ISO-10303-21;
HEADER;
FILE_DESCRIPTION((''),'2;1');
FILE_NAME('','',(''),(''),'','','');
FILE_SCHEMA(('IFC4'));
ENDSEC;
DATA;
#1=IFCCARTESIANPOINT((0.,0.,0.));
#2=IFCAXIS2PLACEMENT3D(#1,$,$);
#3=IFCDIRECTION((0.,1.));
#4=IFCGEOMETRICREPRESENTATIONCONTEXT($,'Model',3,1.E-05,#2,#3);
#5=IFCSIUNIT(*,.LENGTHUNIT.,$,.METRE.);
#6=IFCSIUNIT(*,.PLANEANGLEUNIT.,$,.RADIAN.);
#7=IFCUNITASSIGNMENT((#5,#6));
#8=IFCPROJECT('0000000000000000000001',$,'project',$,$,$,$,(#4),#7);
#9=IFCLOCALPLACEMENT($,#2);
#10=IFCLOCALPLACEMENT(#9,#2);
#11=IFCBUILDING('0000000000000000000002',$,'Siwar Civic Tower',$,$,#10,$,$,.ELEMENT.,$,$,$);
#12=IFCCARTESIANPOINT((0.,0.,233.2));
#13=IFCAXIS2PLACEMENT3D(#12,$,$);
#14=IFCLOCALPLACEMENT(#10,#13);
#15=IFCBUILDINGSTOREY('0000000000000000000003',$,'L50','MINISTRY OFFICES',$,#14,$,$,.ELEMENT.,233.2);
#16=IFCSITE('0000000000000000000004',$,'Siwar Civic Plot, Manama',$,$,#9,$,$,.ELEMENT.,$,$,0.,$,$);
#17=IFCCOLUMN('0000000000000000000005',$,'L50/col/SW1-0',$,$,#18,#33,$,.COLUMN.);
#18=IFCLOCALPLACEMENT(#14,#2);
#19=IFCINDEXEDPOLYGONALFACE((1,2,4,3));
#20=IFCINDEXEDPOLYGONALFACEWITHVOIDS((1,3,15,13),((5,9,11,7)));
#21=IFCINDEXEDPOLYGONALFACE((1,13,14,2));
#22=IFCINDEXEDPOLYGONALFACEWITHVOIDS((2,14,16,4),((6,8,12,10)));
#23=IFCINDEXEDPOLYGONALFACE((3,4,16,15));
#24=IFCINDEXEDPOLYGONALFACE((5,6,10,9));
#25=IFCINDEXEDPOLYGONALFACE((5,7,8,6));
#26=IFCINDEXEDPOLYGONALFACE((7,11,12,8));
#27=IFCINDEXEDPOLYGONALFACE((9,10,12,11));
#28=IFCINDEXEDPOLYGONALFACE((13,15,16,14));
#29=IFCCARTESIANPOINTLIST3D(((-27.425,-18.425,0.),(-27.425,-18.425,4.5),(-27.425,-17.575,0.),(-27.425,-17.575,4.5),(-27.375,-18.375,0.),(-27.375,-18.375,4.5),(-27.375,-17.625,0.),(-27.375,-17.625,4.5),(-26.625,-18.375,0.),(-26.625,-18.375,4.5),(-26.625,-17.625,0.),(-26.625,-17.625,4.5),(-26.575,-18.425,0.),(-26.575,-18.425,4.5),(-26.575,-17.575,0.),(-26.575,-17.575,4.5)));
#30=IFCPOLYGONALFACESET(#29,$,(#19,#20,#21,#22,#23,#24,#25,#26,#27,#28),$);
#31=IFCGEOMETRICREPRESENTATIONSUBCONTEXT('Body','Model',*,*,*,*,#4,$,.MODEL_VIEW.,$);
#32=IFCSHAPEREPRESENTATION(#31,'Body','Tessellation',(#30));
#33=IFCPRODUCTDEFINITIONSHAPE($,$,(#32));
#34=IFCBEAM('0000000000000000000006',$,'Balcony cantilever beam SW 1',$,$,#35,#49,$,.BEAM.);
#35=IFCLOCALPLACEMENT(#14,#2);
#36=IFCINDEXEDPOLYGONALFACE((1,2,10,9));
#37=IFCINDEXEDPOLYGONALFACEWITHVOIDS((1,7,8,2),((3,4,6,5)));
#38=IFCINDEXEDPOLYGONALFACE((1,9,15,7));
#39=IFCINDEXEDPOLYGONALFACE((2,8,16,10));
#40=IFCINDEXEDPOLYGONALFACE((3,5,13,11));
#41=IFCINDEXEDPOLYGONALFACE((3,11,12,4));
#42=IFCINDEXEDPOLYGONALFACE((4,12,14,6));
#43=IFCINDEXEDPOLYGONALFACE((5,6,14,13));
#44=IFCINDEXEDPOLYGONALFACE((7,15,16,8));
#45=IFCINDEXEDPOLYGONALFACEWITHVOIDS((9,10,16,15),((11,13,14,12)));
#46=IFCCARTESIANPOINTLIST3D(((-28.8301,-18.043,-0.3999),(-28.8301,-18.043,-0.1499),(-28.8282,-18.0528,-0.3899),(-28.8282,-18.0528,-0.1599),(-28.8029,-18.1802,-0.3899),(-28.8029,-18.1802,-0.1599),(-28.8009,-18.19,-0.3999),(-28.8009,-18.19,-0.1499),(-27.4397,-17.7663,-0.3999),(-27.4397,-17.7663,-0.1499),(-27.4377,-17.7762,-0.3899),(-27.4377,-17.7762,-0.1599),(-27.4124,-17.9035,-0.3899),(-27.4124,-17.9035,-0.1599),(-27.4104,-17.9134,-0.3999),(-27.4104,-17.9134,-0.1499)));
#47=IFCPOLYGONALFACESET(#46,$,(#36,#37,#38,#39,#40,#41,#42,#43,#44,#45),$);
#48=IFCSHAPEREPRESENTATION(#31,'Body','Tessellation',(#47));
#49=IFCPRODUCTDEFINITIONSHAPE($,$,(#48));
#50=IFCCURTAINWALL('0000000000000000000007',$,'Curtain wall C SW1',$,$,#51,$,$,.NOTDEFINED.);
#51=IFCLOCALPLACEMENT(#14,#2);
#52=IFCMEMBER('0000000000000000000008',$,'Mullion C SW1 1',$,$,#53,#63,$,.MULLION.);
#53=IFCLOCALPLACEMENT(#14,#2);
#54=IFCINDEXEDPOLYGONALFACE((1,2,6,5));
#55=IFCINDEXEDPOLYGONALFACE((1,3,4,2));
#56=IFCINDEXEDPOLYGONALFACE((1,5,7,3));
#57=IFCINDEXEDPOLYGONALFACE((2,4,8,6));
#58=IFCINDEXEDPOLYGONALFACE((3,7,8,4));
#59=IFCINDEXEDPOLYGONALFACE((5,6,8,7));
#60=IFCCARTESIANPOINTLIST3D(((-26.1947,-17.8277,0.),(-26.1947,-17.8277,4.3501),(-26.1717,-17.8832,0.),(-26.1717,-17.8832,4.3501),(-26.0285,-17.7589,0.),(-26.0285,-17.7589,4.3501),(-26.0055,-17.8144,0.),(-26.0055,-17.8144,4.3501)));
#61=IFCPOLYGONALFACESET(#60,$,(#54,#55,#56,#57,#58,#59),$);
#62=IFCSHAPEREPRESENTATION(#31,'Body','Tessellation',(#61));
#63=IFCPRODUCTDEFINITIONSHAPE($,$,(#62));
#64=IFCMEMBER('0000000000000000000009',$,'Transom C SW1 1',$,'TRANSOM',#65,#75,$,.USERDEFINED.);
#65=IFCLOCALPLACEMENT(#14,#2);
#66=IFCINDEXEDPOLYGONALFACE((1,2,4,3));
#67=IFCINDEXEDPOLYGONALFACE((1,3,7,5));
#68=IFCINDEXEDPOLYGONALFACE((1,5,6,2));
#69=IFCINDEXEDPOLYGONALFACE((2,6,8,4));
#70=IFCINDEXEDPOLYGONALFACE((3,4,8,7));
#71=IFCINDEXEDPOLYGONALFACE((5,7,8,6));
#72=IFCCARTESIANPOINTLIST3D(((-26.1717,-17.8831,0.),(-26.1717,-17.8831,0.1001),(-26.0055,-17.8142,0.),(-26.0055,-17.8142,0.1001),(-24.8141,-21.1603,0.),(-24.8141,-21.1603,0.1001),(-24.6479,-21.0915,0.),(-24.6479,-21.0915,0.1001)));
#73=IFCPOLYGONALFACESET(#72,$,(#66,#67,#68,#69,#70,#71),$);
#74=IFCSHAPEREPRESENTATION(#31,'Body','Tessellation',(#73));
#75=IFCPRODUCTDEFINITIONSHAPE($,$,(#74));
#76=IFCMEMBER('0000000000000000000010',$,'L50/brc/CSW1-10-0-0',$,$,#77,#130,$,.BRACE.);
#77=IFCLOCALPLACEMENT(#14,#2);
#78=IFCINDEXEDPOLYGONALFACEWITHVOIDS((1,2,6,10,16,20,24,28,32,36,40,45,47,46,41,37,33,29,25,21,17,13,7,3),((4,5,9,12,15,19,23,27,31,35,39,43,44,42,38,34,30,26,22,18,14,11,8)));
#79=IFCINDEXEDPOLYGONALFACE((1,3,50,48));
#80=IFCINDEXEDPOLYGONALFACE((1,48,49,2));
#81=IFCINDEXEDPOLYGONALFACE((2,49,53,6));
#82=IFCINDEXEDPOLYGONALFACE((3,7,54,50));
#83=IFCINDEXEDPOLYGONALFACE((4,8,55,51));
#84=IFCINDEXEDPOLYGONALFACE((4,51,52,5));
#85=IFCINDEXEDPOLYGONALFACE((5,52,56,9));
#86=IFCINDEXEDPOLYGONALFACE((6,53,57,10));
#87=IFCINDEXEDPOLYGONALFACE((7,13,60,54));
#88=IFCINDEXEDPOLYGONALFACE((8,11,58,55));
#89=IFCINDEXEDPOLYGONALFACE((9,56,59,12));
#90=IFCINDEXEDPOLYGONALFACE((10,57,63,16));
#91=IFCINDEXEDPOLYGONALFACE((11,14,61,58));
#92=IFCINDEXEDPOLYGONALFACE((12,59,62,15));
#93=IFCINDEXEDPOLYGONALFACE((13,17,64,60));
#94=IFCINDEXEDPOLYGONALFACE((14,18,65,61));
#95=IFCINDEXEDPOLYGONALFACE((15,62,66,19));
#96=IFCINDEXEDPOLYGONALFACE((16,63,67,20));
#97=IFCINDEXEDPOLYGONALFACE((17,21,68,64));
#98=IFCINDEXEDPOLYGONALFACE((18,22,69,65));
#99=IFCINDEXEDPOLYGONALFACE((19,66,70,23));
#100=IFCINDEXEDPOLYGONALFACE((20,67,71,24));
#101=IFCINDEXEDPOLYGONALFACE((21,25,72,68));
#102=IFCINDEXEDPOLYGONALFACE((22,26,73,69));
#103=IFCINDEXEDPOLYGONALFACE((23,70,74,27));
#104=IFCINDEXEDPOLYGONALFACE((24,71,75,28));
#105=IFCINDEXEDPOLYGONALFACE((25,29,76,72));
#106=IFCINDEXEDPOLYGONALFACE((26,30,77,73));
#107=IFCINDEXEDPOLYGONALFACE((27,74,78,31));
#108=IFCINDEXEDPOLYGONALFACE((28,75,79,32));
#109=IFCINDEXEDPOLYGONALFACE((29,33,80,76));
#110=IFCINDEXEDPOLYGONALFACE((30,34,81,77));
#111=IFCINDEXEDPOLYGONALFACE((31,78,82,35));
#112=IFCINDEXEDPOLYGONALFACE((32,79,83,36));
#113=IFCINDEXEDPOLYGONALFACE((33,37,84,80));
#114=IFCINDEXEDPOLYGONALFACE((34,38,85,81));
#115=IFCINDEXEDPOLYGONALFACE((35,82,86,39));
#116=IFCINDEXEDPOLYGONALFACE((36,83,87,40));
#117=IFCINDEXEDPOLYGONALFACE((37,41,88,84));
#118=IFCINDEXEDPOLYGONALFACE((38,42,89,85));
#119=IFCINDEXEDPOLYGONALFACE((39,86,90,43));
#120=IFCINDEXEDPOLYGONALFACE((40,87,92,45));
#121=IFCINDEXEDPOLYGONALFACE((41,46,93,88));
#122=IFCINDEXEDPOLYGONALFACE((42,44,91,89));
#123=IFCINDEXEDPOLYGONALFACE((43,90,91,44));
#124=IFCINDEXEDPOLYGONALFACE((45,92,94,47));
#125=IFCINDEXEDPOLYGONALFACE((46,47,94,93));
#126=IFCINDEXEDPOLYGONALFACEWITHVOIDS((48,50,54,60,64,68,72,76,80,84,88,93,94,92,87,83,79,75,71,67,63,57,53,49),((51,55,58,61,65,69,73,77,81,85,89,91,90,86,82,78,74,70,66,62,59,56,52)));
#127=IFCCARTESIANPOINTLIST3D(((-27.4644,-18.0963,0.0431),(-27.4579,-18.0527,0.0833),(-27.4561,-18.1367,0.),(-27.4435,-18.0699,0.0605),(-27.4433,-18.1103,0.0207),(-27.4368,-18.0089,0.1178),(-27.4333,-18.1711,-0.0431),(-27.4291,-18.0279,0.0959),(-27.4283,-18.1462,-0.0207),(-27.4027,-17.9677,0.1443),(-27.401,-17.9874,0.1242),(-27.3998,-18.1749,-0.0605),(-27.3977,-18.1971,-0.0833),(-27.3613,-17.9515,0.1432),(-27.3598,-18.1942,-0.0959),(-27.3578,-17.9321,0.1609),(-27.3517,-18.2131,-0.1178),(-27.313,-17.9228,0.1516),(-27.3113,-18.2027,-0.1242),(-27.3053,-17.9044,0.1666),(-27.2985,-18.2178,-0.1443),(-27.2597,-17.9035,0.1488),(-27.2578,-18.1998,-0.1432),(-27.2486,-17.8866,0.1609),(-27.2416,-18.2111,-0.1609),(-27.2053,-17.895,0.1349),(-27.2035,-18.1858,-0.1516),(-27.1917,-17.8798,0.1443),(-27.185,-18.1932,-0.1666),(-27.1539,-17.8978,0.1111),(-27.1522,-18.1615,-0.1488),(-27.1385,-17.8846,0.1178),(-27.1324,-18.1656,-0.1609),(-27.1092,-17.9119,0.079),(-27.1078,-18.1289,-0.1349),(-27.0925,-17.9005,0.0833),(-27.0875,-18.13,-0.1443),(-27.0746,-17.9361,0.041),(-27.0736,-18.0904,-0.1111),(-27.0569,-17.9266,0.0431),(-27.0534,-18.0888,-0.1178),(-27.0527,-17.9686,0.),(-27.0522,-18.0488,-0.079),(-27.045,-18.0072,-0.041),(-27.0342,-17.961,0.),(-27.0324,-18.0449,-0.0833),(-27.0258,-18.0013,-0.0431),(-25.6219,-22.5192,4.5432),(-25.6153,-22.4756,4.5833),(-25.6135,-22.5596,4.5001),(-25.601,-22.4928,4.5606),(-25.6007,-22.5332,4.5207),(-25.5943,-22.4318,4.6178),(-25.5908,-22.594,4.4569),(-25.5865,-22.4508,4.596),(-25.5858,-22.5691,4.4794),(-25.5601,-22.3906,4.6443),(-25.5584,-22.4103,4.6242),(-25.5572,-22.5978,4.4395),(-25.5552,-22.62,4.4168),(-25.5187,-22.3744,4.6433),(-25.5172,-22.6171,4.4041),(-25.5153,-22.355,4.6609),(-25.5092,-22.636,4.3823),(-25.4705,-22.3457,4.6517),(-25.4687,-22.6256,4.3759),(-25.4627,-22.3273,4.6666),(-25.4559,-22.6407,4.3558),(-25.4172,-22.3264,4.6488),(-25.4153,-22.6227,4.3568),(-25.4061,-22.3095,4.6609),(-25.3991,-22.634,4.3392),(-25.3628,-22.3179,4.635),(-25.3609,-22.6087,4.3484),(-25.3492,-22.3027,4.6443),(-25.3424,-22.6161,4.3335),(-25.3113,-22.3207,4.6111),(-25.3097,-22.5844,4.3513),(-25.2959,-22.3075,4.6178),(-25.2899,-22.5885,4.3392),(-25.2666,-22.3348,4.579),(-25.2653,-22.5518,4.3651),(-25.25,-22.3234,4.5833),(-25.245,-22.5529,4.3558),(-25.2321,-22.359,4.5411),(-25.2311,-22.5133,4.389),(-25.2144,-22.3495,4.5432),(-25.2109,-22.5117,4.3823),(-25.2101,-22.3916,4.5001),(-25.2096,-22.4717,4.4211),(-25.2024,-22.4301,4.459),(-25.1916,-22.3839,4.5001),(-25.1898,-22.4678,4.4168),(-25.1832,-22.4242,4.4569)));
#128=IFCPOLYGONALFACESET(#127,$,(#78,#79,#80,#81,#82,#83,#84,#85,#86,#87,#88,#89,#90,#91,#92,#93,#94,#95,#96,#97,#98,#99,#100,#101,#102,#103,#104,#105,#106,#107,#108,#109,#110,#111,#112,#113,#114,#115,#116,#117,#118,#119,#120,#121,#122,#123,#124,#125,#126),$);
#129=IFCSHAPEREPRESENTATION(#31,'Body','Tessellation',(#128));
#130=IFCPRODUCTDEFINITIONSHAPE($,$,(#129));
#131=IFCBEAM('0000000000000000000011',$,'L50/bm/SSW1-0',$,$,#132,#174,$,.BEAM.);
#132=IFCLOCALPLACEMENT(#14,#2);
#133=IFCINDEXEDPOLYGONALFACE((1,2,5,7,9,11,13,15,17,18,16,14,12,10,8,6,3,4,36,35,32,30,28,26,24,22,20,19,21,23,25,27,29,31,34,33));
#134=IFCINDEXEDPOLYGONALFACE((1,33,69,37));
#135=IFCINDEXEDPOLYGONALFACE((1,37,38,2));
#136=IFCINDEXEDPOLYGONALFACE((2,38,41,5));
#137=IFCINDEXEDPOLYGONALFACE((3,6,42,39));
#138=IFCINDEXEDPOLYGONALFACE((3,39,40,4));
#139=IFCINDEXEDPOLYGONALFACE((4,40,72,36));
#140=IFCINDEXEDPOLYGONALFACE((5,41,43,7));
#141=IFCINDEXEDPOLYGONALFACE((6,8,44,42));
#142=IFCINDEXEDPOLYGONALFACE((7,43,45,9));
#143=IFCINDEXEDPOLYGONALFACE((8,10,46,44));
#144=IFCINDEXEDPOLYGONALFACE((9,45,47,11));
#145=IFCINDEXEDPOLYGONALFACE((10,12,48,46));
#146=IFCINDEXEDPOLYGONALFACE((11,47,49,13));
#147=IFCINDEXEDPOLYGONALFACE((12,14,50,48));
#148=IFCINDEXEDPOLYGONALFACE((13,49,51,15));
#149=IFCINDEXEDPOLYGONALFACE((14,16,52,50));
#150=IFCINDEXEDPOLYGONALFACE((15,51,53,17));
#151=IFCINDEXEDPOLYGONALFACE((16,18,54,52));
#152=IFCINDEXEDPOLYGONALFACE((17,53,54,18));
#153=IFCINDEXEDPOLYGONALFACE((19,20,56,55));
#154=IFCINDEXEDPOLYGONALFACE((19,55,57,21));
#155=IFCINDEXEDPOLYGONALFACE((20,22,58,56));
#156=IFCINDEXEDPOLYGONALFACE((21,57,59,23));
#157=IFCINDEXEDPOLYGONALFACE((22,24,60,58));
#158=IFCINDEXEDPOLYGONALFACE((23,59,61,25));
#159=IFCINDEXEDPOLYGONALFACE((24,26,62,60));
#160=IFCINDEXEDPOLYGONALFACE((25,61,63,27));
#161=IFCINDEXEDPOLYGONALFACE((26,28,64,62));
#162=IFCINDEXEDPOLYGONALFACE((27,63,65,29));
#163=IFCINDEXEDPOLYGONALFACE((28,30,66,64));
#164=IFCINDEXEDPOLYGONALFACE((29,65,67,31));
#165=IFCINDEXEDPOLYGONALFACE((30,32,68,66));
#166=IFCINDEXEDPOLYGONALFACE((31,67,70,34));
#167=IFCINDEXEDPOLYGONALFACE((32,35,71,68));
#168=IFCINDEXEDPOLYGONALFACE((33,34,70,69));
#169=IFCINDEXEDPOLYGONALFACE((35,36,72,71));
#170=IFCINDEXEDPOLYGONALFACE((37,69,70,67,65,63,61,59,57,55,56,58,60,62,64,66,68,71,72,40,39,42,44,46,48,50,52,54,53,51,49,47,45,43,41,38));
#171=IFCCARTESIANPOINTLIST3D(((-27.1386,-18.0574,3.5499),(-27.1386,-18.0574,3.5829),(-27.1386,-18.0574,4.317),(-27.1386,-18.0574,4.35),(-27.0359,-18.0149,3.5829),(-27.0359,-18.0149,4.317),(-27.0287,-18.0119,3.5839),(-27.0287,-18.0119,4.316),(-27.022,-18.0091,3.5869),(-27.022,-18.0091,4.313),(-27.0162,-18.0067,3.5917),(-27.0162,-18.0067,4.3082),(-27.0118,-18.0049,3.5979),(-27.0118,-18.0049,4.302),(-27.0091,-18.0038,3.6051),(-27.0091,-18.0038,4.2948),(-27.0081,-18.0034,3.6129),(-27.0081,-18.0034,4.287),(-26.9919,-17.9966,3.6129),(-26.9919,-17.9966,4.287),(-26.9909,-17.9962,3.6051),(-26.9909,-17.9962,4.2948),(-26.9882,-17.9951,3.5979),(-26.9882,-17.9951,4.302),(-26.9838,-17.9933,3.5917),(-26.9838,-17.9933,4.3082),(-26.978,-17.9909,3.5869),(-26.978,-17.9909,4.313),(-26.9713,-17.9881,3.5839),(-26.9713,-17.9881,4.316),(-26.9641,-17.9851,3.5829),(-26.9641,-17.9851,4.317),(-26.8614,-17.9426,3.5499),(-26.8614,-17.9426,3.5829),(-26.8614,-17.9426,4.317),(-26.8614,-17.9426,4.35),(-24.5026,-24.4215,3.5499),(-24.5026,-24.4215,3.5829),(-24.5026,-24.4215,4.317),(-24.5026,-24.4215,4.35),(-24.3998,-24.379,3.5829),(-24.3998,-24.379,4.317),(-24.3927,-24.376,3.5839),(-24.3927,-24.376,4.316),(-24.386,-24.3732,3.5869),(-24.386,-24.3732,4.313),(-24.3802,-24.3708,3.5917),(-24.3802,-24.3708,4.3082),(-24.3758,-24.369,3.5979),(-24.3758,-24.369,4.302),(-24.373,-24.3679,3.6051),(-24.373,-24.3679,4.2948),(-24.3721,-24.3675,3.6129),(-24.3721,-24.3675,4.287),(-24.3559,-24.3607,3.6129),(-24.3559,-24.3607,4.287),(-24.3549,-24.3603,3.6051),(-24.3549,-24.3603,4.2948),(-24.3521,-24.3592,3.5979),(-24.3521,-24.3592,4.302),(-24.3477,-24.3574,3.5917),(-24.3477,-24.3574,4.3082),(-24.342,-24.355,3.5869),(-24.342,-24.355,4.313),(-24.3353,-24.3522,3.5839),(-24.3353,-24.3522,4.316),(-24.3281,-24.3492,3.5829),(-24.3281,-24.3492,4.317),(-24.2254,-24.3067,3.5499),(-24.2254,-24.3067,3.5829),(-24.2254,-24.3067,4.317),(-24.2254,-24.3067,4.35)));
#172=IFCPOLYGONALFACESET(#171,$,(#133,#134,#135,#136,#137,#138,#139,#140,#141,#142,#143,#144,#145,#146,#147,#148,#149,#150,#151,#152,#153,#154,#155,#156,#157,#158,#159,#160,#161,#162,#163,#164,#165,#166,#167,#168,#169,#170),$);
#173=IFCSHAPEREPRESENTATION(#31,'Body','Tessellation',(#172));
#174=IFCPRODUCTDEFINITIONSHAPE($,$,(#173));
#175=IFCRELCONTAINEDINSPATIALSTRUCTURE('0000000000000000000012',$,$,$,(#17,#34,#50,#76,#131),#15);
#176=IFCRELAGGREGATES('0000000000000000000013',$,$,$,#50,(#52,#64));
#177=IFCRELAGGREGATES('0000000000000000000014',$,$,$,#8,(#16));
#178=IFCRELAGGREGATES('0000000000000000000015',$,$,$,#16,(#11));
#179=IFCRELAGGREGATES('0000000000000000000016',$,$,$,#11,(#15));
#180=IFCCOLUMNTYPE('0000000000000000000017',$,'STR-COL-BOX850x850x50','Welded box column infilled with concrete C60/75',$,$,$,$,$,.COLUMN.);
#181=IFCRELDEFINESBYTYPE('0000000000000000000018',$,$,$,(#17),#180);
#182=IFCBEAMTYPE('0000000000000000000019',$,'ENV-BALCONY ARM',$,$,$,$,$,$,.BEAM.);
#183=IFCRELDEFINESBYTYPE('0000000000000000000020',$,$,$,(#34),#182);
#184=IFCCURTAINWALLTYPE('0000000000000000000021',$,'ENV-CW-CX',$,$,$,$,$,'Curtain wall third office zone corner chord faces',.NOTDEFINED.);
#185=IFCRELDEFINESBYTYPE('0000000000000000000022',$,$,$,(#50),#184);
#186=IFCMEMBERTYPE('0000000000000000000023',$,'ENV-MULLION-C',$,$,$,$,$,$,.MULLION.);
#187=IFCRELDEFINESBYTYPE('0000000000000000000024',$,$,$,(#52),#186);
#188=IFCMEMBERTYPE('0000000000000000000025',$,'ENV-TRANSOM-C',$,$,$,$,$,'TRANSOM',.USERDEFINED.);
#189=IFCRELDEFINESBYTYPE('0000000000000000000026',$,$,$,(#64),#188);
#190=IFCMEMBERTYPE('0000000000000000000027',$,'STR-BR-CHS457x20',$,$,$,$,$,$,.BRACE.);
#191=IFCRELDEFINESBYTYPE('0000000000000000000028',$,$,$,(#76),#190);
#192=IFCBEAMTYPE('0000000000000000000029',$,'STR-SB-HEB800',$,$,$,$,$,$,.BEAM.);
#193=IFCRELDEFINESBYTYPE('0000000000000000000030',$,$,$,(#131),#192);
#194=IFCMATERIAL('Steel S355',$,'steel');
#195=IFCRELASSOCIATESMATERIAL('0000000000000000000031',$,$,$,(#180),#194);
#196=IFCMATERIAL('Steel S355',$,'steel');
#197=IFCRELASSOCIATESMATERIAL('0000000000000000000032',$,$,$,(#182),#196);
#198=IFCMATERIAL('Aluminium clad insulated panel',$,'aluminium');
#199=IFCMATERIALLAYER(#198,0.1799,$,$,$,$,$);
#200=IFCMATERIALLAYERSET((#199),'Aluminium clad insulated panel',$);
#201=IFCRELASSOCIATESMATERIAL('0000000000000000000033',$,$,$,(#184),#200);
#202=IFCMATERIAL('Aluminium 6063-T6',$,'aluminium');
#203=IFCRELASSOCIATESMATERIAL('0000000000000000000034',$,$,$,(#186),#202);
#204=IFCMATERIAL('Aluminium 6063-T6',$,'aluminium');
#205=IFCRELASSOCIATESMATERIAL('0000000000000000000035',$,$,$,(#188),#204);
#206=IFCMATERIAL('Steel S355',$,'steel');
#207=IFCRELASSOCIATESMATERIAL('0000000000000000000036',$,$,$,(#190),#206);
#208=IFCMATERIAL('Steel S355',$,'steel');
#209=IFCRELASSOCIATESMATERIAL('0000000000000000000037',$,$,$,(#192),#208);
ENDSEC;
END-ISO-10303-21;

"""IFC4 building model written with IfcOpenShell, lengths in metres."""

from ifc_helpers import new_model, si_unit, direction, frame, origin, origin_2d, place, context, subcontext, project, spatial, rectangle, hollow_rectangle, hollow_circle, i_section, extrude, material, layer, layer_set, material_profile, profile_set, type_object, element, aggregate, save


model = new_model("IFC4")

# Units and contexts
model_context = context("Model", 3, precision=1e-05, world=origin(), true_north=direction((0.0, 1.0)))
body_context = subcontext(model_context, "Body", "Model", "MODEL_VIEW")
ifc_project = project(units=[si_unit("LENGTHUNIT", "METRE"), si_unit("PLANEANGLEUNIT", "RADIAN")], contexts=[model_context])

# Site, building, storey
site_placement = place(None, origin())
site = spatial("IfcSite", under=ifc_project, at=site_placement, Name="Siwar Civic Plot, Manama", CompositionType="ELEMENT", RefElevation=0.0)
building_placement = place(site_placement, origin())
building = spatial("IfcBuilding", under=site, at=building_placement, Name="Siwar Civic Tower", CompositionType="ELEMENT")
storey_placement = place(building_placement, frame((0.0, 0.0, 233.2)))
storey = spatial("IfcBuildingStorey", under=building, at=storey_placement, Name="L50", Description="MINISTRY OFFICES", CompositionType="ELEMENT", Elevation=233.2)

# Column
ifc_material_1 = material(Name="Steel S355", Category="steel")
ifc_material_profile_1 = material_profile(ifc_material_1, hollow_rectangle(XDim=0.8501, YDim=0.8501, WallThickness=0.05, at=origin_2d()), Name="BOX850x850x50")
ifc_profile_set_1 = profile_set([ifc_material_profile_1], Name="Steel S355")
column_type = type_object("IfcColumnType", Name="STR-COL-BOX850x850x50", Description="Welded box column infilled with concrete C60/75", PredefinedType="COLUMN", material=ifc_profile_set_1)
column_placement = place(storey_placement, frame((-27.0, -18.0, 0.0), z_axis=(0.0, 0.0, 1.0), x_axis=(1.0, 0.0, 0.0)))
element("IfcColumn", 1, at=column_placement, inside=storey, type_object=column_type, Name="L50/col/SW1-0", PredefinedType="COLUMN", context=body_context, shape_type="SweptSolid", body=[
    extrude(hollow_rectangle(XDim=0.8501, YDim=0.8501, WallThickness=0.05, at=origin_2d()), origin(), (0.0, 0.0, 1.0), 4.5),
])

# Beam
ifc_material_2 = material(Name="Steel S355", Category="steel")
ifc_material_profile_2 = material_profile(ifc_material_2, hollow_rectangle(XDim=0.1499, YDim=0.25, WallThickness=0.01, at=origin_2d()), Name="RHS250x150x10")
ifc_profile_set_2 = profile_set([ifc_material_profile_2], Name="Steel S355")
beam_type_1 = type_object("IfcBeamType", Name="ENV-BALCONY ARM", PredefinedType="BEAM", material=ifc_profile_set_2)
beam_1_placement = place(storey_placement, frame((-27.425, -17.8398, -0.2749), z_axis=(-0.980779, -0.195122, 0.0), x_axis=(0.195122, -0.980779, 0.0)))
element("IfcBeam", 2, at=beam_1_placement, inside=storey, type_object=beam_type_1, Name="Balcony cantilever beam SW 1", PredefinedType="BEAM", context=body_context, shape_type="SweptSolid", body=[
    extrude(hollow_rectangle(XDim=0.1499, YDim=0.25, WallThickness=0.01, at=origin_2d()), origin(), (0.0, 0.0, 1.0), 1.4177),
])

# Curtain wall, members
ifc_material_3 = material(Name="Aluminium clad insulated panel", Category="aluminium")
ifc_layer_1 = layer(ifc_material_3, 0.1799)
ifc_layer_set_1 = layer_set([ifc_layer_1], Name="Aluminium clad insulated panel")
curtain_wall_type = type_object("IfcCurtainWallType", Name="ENV-CW-CX", ElementType="Curtain wall third office zone corner chord faces", PredefinedType="NOTDEFINED", material=ifc_layer_set_1)
curtain_wall_placement = place(storey_placement, origin())
curtain_wall = element("IfcCurtainWall", 3, at=curtain_wall_placement, inside=storey, type_object=curtain_wall_type, Name="Curtain wall C SW1", PredefinedType="NOTDEFINED")
ifc_material_4 = material(Name="Aluminium 6063-T6", Category="aluminium")
ifc_material_profile_3 = material_profile(ifc_material_4, rectangle(XDim=0.1799, YDim=0.0601, at=origin_2d()), Name="AL 180x60")
ifc_profile_set_3 = profile_set([ifc_material_profile_3], Name="Aluminium 6063-T6")
member_type_1 = type_object("IfcMemberType", Name="ENV-MULLION-C", PredefinedType="MULLION", material=ifc_profile_set_3)
member_1_placement = place(storey_placement, frame((-26.1001, -17.821, 0.0), z_axis=(0.0, 0.0, 1.0), x_axis=(0.92388, 0.382683, 0.0)))
member_1 = element("IfcMember", 4, at=member_1_placement, type_object=member_type_1, Name="Mullion C SW1 1", PredefinedType="MULLION", context=body_context, shape_type="SweptSolid", body=[
    extrude(rectangle(XDim=0.1799, YDim=0.0601, at=origin_2d()), origin(), (0.0, 0.0, 1.0), 4.3501),
])
ifc_material_5 = material(Name="Aluminium 6063-T6", Category="aluminium")
ifc_material_profile_4 = material_profile(ifc_material_5, rectangle(XDim=0.1799, YDim=0.1001, at=origin_2d()), Name="AL 180x100")
ifc_profile_set_4 = profile_set([ifc_material_profile_4], Name="Aluminium 6063-T6")
member_type_2 = type_object("IfcMemberType", Name="ENV-TRANSOM-C", ElementType="TRANSOM", PredefinedType="USERDEFINED", material=ifc_profile_set_4)
member_2_placement = place(storey_placement, frame((-26.0886, -17.8486, 0.05), z_axis=(0.382719, -0.923865, 0.0), x_axis=(0.923865, 0.382719, 0.0)))
member_2 = element("IfcMember", 5, at=member_2_placement, type_object=member_type_2, Name="Transom C SW1 1", ObjectType="TRANSOM", PredefinedType="USERDEFINED", context=body_context, shape_type="SweptSolid", body=[
    extrude(rectangle(XDim=0.1799, YDim=0.1001, at=origin_2d()), origin(), (0.0, 0.0, 1.0), 3.5474),
])

# Member
ifc_material_6 = material(Name="Steel S355", Category="steel")
ifc_material_profile_5 = material_profile(ifc_material_6, hollow_circle(Radius=0.2285, WallThickness=0.02, at=origin_2d()), Name="CHS457x20")
ifc_profile_set_5 = profile_set([ifc_material_profile_5], Name="Steel S355")
member_type_3 = type_object("IfcMemberType", Name="STR-BR-CHS457x20", PredefinedType="BRACE", material=ifc_profile_set_5)
member_3_placement = place(storey_placement, frame((-27.2451, -18.0488, 0.0), z_axis=(0.280311, -0.672865, 0.684601), x_axis=(0.923101, 0.384557, 0.0)))
element("IfcMember", 6, at=member_3_placement, inside=storey, type_object=member_type_3, Name="L50/brc/CSW1-10-0-0", PredefinedType="BRACE", context=body_context, shape_type="SweptSolid", body=[
    extrude(hollow_circle(Radius=0.2285, WallThickness=0.02, at=origin_2d()), origin(), (0.0, 0.0, 1.0), 6.5732),
])

# Beam
ifc_material_7 = material(Name="Steel S355", Category="steel")
ifc_material_profile_6 = material_profile(ifc_material_7, i_section(OverallWidth=0.3, OverallDepth=0.8, WebThickness=0.0176, FlangeThickness=0.033, FilletRadius=0.03, at=origin_2d()), Name="HEB800")
ifc_profile_set_6 = profile_set([ifc_material_profile_6], Name="Steel S355")
beam_type_2 = type_object("IfcBeamType", Name="STR-SB-HEB800", PredefinedType="BEAM", material=ifc_profile_set_6)
beam_2_placement = place(storey_placement, frame((-27.0, -18.0, 3.95), z_axis=(0.382674, -0.923883, 0.0), x_axis=(0.923883, 0.382674, 0.0)))
element("IfcBeam", 7, at=beam_2_placement, inside=storey, type_object=beam_type_2, Name="L50/bm/SSW1-0", PredefinedType="BEAM", context=body_context, shape_type="SweptSolid", body=[
    extrude(i_section(OverallWidth=0.3, OverallDepth=0.8, WebThickness=0.0176, FlangeThickness=0.033, FilletRadius=0.03, at=origin_2d()), origin(), (0.0, 0.0, 1.0), 6.8884),
])

aggregate(curtain_wall, [member_1, member_2])

save(model, "model.ifc")
